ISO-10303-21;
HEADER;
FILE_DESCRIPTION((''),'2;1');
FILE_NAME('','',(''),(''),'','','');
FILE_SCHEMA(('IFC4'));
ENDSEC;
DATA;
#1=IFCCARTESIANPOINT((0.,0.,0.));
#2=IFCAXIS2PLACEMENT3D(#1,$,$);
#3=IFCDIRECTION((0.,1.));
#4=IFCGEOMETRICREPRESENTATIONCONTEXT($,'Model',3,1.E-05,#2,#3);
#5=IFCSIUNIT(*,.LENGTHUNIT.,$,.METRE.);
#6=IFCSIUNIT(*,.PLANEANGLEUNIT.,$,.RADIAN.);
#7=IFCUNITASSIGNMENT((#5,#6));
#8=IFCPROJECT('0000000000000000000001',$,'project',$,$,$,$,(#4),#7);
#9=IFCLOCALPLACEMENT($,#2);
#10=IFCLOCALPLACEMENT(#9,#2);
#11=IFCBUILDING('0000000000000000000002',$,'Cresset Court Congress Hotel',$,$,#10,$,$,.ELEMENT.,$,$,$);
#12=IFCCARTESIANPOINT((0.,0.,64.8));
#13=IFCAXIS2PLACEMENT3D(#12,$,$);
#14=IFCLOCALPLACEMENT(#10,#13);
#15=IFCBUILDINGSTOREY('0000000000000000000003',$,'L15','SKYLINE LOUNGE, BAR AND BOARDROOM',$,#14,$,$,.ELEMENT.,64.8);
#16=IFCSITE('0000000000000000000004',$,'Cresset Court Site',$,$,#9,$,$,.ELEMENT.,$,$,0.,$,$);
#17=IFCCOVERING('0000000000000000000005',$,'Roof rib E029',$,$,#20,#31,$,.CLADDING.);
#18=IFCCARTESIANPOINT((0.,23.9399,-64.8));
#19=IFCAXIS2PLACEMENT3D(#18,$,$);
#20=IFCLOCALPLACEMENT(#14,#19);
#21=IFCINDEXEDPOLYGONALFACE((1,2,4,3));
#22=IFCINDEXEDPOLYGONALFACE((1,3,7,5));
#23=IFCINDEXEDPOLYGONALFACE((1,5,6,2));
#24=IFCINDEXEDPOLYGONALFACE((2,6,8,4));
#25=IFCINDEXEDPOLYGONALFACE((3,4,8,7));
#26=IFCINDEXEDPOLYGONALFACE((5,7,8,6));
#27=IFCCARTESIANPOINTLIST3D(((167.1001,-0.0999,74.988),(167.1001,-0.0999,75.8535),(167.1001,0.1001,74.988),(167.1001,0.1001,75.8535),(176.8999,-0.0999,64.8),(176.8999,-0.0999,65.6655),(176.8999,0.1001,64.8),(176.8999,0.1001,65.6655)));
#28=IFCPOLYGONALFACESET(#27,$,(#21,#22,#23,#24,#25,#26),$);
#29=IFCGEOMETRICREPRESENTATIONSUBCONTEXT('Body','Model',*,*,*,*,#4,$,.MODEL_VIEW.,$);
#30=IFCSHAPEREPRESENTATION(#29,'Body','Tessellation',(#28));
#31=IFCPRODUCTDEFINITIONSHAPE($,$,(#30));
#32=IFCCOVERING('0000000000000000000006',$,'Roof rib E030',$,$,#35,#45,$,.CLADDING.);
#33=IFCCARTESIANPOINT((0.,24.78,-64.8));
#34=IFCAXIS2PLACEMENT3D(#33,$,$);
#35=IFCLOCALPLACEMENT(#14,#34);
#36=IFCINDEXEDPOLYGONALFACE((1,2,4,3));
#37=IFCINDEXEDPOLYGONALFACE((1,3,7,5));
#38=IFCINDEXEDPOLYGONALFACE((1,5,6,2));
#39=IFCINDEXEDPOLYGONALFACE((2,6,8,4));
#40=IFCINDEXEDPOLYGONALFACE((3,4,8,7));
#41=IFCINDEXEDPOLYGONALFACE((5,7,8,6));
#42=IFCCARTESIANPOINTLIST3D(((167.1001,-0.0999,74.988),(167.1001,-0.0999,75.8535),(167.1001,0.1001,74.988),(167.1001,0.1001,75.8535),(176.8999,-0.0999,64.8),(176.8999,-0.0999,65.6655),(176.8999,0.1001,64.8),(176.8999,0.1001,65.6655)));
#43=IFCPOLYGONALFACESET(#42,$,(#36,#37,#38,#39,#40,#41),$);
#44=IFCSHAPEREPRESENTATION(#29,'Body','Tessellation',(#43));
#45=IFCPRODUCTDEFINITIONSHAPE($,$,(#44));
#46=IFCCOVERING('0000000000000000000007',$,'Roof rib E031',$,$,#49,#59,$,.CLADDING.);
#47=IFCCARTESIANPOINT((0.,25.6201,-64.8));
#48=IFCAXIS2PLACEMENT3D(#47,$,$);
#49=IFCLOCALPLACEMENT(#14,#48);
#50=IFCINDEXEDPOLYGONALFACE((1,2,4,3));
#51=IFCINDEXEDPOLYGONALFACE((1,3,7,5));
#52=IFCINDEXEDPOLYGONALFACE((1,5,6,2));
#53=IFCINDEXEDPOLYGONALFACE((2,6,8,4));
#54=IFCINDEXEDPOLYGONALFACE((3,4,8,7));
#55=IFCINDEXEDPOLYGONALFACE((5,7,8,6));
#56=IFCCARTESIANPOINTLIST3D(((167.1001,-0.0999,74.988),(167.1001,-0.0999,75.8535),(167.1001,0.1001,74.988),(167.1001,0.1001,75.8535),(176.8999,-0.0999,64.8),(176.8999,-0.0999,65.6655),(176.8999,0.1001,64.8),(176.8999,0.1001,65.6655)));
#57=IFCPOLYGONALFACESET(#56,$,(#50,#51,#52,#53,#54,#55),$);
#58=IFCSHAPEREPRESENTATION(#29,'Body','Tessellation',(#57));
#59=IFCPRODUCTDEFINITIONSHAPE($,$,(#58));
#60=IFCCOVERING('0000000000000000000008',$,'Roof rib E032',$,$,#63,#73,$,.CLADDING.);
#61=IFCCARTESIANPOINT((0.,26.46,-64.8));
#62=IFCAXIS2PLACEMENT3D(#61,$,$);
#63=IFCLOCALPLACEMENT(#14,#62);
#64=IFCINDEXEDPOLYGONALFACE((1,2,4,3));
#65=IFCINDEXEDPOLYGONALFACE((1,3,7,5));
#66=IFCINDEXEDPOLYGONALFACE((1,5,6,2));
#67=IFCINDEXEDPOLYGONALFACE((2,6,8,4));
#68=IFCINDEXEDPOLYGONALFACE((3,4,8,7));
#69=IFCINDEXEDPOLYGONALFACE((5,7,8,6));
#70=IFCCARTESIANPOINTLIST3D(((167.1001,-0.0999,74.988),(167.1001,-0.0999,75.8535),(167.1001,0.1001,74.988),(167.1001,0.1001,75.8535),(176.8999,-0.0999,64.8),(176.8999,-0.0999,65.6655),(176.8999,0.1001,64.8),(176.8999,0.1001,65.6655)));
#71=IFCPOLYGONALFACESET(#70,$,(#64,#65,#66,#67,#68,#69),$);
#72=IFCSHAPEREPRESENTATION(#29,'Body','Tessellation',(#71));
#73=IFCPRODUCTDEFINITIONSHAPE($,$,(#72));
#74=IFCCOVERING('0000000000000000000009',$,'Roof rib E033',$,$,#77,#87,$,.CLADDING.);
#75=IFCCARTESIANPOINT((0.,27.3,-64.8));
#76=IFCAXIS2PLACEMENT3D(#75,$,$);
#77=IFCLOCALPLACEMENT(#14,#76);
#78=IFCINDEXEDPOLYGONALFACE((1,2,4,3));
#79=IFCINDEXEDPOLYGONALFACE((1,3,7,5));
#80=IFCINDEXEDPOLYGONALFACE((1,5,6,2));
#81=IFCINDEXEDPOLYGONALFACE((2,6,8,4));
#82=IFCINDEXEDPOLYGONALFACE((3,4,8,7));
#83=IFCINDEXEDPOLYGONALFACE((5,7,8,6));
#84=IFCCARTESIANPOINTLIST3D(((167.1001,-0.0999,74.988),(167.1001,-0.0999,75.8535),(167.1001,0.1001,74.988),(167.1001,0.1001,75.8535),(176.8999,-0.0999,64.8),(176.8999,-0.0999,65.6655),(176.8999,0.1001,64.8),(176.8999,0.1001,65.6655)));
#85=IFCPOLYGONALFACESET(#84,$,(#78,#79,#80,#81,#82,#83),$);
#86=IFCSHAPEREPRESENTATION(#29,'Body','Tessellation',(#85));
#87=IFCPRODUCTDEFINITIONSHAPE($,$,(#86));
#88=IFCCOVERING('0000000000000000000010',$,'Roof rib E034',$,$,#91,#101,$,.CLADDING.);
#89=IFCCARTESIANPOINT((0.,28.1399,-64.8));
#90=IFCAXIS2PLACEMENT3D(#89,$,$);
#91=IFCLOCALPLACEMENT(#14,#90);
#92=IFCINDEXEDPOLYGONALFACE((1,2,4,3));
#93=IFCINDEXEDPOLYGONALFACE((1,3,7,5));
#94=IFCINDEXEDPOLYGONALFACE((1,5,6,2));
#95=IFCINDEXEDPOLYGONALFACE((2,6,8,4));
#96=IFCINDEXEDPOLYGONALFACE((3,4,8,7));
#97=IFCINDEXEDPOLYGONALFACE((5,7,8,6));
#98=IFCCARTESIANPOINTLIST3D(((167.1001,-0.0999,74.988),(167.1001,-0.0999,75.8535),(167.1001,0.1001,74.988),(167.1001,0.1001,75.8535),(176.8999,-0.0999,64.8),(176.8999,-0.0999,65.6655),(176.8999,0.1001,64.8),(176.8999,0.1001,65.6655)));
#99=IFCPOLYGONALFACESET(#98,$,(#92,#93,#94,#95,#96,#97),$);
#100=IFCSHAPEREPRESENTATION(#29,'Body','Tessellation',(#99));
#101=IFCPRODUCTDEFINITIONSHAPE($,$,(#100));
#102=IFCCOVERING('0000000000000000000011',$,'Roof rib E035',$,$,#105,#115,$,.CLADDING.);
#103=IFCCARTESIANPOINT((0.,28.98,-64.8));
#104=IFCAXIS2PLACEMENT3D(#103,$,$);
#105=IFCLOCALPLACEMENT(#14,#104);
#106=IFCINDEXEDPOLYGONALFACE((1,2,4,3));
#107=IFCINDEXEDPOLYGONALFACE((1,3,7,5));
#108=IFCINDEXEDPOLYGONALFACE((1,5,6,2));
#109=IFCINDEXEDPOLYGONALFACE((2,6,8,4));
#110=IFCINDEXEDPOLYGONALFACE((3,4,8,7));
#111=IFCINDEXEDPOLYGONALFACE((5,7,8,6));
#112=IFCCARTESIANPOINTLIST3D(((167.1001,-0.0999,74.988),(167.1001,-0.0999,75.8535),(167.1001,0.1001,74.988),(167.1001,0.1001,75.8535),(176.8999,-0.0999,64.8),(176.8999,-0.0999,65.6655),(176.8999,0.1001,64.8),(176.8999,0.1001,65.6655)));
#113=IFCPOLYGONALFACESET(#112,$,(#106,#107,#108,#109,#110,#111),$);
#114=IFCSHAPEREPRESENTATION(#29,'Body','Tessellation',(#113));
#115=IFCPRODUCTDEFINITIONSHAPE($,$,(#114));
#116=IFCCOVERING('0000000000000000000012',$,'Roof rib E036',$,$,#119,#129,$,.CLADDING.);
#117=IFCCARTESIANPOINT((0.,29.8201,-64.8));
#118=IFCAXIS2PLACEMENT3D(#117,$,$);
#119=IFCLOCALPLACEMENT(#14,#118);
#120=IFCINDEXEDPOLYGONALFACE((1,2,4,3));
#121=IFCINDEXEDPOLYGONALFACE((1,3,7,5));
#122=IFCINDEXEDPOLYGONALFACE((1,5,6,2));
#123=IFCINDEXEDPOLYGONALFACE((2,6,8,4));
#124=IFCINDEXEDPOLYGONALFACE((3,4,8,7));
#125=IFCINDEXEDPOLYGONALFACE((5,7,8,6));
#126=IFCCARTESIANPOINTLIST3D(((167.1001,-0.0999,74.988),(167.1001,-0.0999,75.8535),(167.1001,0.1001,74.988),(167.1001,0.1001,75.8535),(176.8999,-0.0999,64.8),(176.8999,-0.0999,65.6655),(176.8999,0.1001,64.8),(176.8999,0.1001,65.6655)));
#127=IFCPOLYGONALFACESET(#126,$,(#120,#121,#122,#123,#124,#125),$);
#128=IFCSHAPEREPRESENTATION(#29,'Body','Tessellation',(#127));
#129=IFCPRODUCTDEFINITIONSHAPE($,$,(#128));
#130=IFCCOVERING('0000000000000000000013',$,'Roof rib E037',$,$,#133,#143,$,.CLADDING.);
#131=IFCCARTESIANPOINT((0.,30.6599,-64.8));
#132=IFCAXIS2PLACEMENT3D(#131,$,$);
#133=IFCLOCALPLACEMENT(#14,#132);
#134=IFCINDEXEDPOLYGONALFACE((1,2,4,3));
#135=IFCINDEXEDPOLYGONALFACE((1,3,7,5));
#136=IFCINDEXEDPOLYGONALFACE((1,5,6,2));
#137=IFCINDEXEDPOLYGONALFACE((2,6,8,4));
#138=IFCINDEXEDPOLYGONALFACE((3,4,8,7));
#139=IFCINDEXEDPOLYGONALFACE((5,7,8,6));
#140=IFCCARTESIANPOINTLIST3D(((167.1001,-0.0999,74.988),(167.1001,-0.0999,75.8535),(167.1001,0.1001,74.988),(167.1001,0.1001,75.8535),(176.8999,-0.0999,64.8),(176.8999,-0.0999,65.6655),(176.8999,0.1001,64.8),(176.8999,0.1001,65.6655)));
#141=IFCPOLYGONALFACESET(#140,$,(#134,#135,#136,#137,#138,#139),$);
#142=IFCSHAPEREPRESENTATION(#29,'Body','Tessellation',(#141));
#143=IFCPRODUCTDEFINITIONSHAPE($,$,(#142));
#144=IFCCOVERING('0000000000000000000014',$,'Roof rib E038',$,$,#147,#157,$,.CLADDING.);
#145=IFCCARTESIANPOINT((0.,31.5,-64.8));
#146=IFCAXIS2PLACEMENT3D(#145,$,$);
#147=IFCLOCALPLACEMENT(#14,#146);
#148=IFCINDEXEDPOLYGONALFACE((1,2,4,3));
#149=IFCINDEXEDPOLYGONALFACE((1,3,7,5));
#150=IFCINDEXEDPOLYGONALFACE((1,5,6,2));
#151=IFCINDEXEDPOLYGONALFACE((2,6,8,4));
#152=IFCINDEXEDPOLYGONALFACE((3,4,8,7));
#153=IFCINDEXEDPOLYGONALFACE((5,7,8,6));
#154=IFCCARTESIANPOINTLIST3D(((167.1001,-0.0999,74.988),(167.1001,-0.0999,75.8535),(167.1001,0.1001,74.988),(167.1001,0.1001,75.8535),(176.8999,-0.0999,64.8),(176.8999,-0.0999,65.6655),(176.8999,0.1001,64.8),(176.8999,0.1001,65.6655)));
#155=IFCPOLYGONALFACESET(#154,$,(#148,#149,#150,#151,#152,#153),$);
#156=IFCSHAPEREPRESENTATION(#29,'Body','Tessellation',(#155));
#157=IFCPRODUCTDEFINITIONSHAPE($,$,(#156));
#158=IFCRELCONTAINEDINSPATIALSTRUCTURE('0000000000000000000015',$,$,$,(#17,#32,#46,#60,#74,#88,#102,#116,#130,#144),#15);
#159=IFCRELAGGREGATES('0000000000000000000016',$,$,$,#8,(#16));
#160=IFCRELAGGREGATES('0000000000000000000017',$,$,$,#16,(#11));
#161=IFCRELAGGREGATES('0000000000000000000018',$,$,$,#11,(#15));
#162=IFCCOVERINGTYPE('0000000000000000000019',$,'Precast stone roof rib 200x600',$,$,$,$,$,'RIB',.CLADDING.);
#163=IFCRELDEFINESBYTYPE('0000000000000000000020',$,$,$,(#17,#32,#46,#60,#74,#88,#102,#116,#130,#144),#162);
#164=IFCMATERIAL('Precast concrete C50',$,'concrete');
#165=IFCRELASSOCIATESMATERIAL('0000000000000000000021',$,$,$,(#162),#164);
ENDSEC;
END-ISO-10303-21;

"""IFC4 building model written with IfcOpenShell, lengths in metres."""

from ifc_helpers import new_model, si_unit, direction, frame, origin, place, context, subcontext, project, spatial, polyline, outline, extrude, material, type_object, element, save


model = new_model("IFC4")

# Units and contexts
model_context = context("Model", 3, precision=1e-05, world=origin(), true_north=direction((0.0, 1.0)))
body_context = subcontext(model_context, "Body", "Model", "MODEL_VIEW")
ifc_project = project(units=[si_unit("LENGTHUNIT", "METRE"), si_unit("PLANEANGLEUNIT", "RADIAN")], contexts=[model_context])

# Site, building, storey
site_placement = place(None, origin())
site = spatial("IfcSite", under=ifc_project, at=site_placement, Name="Cresset Court Site", CompositionType="ELEMENT", RefElevation=0.0)
building_placement = place(site_placement, origin())
building = spatial("IfcBuilding", under=site, at=building_placement, Name="Cresset Court Congress Hotel", CompositionType="ELEMENT")
storey_placement = place(building_placement, frame((0.0, 0.0, 64.8)))
storey = spatial("IfcBuildingStorey", under=building, at=storey_placement, Name="L15", Description="SKYLINE LOUNGE, BAR AND BOARDROOM", CompositionType="ELEMENT", Elevation=64.8)

# Coverings
ifc_material = material(Name="Precast concrete C50", Category="concrete")
covering_type = type_object("IfcCoveringType", Name="Precast stone roof rib 200x600", ElementType="RIB", PredefinedType="CLADDING", material=ifc_material)
for number, where, name in (
    (1, (0.0, 23.9399, -64.8), "Roof rib E029"),
    (2, (0.0, 24.78, -64.8), "Roof rib E030"),
    (3, (0.0, 25.6201, -64.8), "Roof rib E031"),
    (4, (0.0, 26.46, -64.8), "Roof rib E032"),
    (5, (0.0, 27.3, -64.8), "Roof rib E033"),
    (6, (0.0, 28.1399, -64.8), "Roof rib E034"),
    (7, (0.0, 28.98, -64.8), "Roof rib E035"),
    (8, (0.0, 29.8201, -64.8), "Roof rib E036"),
    (9, (0.0, 30.6599, -64.8), "Roof rib E037"),
    (10, (0.0, 31.5, -64.8), "Roof rib E038"),
):
    element("IfcCovering", number, at=place(storey_placement, frame(where)), inside=storey, type_object=covering_type, Name=name, PredefinedType="CLADDING", context=body_context, shape_type="SweptSolid", body=[
        extrude(outline(polyline([(167.1001, 74.988), (176.8999, 64.8), (176.8999, 65.6655), (167.1001, 75.8535), (167.1001, 74.988)])), frame((0.0, 0.1001, 0.0), z_axis=(0.0, -1.0, 0.0), x_axis=(1.0, 0.0, 0.0)), (0.0, 0.0, 1.0), 0.2),
    ])

save(model, "model.ifc")
